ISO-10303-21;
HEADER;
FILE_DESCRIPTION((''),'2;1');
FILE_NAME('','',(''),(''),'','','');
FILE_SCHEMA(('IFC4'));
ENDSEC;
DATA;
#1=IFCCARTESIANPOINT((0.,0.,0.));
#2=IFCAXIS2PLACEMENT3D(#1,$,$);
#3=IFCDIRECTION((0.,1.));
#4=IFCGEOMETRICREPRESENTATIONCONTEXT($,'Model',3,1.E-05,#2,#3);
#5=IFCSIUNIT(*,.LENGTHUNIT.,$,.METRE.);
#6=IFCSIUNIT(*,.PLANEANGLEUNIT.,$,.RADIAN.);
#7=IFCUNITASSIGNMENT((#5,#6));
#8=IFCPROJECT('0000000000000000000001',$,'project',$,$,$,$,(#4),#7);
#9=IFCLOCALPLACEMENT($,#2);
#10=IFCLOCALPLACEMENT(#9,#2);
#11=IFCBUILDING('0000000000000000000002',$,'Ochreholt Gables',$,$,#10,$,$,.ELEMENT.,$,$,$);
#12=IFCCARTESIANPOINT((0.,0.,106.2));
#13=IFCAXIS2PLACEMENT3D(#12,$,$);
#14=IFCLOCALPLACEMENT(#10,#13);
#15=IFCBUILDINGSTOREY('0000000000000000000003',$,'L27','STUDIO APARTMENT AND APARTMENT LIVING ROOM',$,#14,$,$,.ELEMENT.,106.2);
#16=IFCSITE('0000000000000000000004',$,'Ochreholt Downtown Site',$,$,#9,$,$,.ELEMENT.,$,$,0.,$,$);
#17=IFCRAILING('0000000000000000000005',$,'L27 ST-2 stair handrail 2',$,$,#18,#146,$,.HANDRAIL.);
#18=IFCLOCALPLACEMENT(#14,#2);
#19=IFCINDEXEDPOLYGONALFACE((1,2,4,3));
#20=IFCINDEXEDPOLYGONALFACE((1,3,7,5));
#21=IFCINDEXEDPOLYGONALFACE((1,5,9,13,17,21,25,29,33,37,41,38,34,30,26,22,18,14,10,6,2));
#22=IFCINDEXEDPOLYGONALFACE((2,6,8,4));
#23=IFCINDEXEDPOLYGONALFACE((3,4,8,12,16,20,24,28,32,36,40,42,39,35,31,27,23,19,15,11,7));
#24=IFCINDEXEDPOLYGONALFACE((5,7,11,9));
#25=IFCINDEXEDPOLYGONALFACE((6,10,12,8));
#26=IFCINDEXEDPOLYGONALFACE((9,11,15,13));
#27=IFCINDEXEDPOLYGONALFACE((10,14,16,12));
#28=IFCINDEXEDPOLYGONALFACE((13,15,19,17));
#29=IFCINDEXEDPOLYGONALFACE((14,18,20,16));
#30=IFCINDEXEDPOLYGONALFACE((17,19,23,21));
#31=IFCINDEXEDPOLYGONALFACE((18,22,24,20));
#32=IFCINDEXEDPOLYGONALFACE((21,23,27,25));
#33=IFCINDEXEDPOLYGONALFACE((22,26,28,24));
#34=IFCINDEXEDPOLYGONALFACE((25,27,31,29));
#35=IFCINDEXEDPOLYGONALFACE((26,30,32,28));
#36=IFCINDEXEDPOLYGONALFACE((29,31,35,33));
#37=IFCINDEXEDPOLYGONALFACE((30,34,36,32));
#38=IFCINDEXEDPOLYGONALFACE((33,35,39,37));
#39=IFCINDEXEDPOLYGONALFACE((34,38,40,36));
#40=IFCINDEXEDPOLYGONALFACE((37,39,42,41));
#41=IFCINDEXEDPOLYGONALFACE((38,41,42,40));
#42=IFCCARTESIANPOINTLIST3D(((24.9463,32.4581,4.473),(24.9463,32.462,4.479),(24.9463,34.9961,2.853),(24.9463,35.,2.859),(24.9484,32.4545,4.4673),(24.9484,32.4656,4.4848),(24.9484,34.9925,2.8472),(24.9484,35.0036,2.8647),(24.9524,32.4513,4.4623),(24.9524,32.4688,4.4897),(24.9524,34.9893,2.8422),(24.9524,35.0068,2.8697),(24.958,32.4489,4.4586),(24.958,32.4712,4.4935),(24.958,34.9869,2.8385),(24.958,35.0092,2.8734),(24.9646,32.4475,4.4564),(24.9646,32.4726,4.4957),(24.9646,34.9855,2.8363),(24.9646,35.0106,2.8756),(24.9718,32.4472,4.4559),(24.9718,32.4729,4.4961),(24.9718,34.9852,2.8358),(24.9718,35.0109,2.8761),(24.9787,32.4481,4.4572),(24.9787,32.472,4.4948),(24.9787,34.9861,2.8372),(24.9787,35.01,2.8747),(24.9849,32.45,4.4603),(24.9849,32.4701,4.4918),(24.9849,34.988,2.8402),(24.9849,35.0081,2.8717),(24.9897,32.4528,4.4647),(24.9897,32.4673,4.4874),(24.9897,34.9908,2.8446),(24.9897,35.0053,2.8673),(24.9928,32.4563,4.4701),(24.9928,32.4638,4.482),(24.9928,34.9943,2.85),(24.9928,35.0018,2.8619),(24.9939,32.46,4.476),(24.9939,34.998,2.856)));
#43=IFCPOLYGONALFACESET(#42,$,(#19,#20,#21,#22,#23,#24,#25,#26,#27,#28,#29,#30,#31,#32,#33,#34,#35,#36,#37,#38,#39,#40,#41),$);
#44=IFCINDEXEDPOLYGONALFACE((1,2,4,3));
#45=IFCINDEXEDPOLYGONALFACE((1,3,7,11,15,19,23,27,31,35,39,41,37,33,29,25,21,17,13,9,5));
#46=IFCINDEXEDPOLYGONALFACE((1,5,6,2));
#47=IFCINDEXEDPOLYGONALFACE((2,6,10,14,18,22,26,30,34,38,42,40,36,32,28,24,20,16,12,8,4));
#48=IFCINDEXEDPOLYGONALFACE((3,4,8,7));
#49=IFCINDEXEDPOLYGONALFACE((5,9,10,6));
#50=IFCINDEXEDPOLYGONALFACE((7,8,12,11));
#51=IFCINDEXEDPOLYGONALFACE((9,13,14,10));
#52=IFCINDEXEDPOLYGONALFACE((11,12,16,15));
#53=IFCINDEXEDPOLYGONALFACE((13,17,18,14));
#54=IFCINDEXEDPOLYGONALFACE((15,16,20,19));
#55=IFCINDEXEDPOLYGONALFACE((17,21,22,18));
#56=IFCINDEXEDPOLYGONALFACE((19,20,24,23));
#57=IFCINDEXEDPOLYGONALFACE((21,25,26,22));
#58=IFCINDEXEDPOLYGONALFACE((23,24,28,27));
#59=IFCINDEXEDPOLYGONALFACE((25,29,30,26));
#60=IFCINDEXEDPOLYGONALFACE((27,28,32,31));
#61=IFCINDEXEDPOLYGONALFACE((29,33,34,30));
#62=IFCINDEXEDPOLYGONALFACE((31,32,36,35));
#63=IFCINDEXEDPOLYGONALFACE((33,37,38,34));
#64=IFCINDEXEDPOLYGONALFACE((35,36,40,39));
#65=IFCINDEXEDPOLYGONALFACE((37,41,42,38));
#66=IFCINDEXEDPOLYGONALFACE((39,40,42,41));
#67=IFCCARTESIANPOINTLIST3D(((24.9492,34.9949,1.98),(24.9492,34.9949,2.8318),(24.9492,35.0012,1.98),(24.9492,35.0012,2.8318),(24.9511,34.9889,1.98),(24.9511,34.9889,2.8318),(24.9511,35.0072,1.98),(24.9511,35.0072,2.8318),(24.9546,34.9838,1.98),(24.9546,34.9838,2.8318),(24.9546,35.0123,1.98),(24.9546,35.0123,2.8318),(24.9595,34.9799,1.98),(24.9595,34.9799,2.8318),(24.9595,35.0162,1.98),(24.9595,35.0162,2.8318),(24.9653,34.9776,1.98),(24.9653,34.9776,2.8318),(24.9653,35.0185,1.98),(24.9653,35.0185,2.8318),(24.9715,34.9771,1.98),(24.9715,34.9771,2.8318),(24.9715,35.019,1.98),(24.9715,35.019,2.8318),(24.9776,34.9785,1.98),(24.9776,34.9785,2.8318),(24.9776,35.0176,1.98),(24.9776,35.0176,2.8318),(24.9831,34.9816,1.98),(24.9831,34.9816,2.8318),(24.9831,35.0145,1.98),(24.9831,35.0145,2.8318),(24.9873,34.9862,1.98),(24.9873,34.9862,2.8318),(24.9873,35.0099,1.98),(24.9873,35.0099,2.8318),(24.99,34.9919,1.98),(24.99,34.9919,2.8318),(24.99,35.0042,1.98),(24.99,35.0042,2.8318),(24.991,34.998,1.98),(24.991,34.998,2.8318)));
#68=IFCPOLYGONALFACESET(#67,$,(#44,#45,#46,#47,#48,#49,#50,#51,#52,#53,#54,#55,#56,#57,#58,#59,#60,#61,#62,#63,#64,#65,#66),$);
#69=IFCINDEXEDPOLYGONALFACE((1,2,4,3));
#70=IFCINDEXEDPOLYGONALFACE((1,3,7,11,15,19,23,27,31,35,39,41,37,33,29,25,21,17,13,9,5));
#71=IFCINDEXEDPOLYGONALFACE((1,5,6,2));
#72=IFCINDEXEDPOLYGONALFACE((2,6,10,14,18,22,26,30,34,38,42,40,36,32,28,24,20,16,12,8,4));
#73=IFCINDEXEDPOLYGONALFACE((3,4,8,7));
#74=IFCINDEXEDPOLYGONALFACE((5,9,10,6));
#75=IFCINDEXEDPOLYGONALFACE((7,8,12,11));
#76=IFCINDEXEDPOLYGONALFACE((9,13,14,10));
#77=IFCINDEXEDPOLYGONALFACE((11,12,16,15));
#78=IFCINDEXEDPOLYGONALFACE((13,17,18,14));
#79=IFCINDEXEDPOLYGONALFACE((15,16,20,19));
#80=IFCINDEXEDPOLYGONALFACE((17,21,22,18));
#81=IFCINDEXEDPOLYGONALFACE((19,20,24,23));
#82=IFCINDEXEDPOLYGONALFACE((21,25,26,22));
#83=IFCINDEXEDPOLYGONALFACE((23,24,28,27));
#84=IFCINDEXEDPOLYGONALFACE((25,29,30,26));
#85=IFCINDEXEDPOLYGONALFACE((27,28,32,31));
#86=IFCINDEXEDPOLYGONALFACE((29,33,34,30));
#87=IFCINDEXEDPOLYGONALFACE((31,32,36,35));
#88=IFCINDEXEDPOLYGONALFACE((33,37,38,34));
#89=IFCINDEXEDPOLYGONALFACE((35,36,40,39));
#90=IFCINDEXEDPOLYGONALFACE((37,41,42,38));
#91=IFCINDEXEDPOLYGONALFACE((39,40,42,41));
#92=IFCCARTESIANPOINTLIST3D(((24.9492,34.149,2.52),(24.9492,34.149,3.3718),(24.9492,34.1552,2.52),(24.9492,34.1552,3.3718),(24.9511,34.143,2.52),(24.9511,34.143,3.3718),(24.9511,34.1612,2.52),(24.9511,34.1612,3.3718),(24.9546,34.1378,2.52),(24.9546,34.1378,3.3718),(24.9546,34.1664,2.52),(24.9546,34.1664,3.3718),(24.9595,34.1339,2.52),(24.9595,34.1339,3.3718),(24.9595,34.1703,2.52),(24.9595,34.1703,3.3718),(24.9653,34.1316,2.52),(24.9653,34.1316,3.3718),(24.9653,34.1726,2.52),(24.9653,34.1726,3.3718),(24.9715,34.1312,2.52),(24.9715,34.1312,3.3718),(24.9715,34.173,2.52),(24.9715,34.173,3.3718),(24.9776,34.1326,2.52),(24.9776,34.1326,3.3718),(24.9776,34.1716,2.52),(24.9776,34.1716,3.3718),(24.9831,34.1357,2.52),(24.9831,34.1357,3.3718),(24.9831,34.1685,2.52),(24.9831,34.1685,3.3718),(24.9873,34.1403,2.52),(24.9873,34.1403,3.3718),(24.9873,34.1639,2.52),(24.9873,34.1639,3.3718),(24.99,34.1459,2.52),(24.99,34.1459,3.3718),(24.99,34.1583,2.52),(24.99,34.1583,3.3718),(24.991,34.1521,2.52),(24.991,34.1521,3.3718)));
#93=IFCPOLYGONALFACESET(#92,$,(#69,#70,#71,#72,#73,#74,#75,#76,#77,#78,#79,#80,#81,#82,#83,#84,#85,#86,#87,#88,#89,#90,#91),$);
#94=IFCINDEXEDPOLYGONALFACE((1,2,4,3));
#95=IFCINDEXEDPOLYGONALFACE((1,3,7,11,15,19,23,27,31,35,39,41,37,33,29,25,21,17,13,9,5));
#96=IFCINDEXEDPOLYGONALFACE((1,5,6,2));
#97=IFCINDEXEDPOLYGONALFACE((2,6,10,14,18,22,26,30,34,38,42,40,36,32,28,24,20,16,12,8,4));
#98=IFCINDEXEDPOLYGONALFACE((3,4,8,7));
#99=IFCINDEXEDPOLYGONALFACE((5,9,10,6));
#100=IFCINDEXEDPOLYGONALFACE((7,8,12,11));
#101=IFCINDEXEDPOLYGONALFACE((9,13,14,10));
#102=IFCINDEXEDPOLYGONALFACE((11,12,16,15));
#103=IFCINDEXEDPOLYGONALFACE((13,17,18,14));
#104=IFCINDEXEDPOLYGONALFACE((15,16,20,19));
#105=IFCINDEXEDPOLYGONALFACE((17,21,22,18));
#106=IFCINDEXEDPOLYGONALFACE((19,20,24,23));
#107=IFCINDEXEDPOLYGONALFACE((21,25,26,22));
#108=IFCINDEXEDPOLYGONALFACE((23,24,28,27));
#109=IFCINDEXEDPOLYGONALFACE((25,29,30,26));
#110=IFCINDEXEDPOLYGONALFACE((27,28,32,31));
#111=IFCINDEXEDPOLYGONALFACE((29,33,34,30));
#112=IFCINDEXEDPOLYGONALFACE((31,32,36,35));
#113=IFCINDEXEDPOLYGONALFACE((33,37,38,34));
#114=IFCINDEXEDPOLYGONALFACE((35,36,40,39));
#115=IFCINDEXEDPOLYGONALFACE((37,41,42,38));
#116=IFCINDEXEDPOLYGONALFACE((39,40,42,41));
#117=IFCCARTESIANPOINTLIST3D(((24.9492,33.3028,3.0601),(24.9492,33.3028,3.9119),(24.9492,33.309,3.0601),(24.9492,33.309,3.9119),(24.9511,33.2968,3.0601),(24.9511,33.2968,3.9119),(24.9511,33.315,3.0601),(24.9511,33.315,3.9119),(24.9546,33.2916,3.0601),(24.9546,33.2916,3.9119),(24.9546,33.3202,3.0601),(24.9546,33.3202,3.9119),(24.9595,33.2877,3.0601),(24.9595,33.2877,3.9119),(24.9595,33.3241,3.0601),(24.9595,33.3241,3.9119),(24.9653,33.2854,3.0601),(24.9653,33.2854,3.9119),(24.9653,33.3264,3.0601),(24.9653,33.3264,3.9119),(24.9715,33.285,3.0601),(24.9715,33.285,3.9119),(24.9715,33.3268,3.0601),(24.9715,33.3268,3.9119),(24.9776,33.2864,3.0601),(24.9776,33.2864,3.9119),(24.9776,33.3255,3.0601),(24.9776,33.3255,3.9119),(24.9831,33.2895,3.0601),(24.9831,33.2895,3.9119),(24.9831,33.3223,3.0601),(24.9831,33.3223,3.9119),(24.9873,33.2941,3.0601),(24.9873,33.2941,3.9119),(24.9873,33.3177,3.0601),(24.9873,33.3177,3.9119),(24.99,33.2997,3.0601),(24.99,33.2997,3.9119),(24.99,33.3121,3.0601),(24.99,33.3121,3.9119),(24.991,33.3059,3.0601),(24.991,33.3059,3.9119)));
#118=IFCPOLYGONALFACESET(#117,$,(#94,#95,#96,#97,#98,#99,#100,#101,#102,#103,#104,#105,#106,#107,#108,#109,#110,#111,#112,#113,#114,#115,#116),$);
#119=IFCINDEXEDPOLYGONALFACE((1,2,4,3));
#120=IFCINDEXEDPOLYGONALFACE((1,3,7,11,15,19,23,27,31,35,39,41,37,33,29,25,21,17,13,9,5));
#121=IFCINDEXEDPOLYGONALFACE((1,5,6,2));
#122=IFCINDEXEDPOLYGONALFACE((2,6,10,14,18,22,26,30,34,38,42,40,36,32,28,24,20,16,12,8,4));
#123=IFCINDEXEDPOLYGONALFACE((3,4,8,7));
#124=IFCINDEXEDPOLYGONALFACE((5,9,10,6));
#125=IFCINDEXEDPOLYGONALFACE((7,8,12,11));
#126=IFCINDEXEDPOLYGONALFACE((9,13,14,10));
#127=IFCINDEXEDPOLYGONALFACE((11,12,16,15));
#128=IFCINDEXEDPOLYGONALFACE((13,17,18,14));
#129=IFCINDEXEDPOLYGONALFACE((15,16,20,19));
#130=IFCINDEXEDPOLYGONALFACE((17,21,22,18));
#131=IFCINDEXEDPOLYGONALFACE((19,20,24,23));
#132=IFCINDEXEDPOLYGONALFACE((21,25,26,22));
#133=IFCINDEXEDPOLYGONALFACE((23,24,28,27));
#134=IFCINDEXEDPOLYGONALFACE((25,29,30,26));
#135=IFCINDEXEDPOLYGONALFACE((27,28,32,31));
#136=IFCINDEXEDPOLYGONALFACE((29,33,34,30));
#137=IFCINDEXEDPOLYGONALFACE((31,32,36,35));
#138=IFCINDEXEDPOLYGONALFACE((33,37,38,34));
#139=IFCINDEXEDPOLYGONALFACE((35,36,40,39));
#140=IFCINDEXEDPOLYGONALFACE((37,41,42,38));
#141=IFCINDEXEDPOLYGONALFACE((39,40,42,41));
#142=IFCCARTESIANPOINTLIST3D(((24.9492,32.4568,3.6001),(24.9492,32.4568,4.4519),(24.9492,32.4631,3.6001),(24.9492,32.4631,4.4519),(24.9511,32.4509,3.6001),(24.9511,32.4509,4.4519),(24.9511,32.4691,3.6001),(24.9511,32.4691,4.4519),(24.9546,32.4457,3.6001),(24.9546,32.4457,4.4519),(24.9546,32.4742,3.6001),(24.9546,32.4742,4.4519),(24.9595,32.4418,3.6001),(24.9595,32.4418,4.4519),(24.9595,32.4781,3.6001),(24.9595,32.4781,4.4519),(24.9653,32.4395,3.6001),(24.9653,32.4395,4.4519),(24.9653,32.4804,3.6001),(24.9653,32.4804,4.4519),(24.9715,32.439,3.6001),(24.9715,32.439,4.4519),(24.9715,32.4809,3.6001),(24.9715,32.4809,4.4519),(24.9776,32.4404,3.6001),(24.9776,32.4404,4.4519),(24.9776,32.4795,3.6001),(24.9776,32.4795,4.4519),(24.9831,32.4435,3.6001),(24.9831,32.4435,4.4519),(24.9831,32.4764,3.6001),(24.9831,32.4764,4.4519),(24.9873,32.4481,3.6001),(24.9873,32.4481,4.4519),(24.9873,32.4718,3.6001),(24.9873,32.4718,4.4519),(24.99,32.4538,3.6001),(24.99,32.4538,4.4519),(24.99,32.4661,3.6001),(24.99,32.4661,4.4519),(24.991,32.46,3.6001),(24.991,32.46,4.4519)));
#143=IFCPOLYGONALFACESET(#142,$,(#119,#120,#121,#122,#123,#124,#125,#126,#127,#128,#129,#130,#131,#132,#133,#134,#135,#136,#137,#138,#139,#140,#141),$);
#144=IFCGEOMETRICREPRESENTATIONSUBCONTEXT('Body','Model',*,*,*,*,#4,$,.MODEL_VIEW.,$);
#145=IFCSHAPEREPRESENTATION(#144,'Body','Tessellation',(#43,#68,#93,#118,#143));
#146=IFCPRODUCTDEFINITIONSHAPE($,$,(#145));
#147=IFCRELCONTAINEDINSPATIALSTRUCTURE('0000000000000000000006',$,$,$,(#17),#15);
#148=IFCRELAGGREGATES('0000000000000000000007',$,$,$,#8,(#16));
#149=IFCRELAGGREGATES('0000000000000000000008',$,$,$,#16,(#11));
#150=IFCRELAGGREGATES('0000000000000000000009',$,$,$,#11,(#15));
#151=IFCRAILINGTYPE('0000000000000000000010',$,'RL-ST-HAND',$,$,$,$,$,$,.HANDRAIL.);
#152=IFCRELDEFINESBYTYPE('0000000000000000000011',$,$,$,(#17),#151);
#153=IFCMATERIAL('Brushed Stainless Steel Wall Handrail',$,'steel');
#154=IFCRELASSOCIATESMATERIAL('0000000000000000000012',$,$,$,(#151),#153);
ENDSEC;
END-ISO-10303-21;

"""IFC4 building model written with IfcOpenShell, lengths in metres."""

from ifc_helpers import new_model, si_unit, direction, frame, origin, origin_2d, place, context, subcontext, project, spatial, circle, extrude, material, type_object, element, save


model = new_model("IFC4")

# Units and contexts
model_context = context("Model", 3, precision=1e-05, world=origin(), true_north=direction((0.0, 1.0)))
body_context = subcontext(model_context, "Body", "Model", "MODEL_VIEW")
ifc_project = project(units=[si_unit("LENGTHUNIT", "METRE"), si_unit("PLANEANGLEUNIT", "RADIAN")], contexts=[model_context])

# Site, building, storey
site_placement = place(None, origin())
site = spatial("IfcSite", under=ifc_project, at=site_placement, Name="Ochreholt Downtown Site", CompositionType="ELEMENT", RefElevation=0.0)
building_placement = place(site_placement, origin())
building = spatial("IfcBuilding", under=site, at=building_placement, Name="Ochreholt Gables", CompositionType="ELEMENT")
storey_placement = place(building_placement, frame((0.0, 0.0, 106.2)))
storey = spatial("IfcBuildingStorey", under=building, at=storey_placement, Name="L27", Description="STUDIO APARTMENT AND APARTMENT LIVING ROOM", CompositionType="ELEMENT", Elevation=106.2)

# Railing
ifc_material_1 = material(Name="Brushed Stainless Steel Wall Handrail", Category="steel")
railing_type_1 = type_object("IfcRailingType", Name="RL-ST-HAND", PredefinedType="HANDRAIL", material=ifc_material_1)
railing_1_placement = place(storey_placement, frame((24.97, 34.998, 1.98)))
element("IfcRailing", 1, at=railing_1_placement, inside=storey, type_object=railing_type_1, Name="L27 ST-2 stair handrail 2", PredefinedType="HANDRAIL", context=body_context, shape_type="SweptSolid", body=[
    extrude(circle(Radius=0.0239, at=origin_2d()), frame((0.0, 0.0, 0.876), z_axis=(0.0, -0.842913, 0.53805), x_axis=(1.0, 0.0, 0.0)), (0.0, 0.0, 1.0), 3.011),
    extrude(circle(Radius=0.021, at=origin_2d()), origin(), (0.0, 0.0, 1.0), 0.8518),
    extrude(circle(Radius=0.021, at=origin_2d()), frame((0.0, -0.8459, 0.54)), (0.0, 0.0, 1.0), 0.8518),
    extrude(circle(Radius=0.021, at=origin_2d()), frame((0.0, -1.6921, 1.0801)), (0.0, 0.0, 1.0), 0.8518),
    extrude(circle(Radius=0.021, at=origin_2d()), frame((0.0, -2.5381, 1.6201)), (0.0, 0.0, 1.0), 0.8518),
])

save(model, "model.ifc")
